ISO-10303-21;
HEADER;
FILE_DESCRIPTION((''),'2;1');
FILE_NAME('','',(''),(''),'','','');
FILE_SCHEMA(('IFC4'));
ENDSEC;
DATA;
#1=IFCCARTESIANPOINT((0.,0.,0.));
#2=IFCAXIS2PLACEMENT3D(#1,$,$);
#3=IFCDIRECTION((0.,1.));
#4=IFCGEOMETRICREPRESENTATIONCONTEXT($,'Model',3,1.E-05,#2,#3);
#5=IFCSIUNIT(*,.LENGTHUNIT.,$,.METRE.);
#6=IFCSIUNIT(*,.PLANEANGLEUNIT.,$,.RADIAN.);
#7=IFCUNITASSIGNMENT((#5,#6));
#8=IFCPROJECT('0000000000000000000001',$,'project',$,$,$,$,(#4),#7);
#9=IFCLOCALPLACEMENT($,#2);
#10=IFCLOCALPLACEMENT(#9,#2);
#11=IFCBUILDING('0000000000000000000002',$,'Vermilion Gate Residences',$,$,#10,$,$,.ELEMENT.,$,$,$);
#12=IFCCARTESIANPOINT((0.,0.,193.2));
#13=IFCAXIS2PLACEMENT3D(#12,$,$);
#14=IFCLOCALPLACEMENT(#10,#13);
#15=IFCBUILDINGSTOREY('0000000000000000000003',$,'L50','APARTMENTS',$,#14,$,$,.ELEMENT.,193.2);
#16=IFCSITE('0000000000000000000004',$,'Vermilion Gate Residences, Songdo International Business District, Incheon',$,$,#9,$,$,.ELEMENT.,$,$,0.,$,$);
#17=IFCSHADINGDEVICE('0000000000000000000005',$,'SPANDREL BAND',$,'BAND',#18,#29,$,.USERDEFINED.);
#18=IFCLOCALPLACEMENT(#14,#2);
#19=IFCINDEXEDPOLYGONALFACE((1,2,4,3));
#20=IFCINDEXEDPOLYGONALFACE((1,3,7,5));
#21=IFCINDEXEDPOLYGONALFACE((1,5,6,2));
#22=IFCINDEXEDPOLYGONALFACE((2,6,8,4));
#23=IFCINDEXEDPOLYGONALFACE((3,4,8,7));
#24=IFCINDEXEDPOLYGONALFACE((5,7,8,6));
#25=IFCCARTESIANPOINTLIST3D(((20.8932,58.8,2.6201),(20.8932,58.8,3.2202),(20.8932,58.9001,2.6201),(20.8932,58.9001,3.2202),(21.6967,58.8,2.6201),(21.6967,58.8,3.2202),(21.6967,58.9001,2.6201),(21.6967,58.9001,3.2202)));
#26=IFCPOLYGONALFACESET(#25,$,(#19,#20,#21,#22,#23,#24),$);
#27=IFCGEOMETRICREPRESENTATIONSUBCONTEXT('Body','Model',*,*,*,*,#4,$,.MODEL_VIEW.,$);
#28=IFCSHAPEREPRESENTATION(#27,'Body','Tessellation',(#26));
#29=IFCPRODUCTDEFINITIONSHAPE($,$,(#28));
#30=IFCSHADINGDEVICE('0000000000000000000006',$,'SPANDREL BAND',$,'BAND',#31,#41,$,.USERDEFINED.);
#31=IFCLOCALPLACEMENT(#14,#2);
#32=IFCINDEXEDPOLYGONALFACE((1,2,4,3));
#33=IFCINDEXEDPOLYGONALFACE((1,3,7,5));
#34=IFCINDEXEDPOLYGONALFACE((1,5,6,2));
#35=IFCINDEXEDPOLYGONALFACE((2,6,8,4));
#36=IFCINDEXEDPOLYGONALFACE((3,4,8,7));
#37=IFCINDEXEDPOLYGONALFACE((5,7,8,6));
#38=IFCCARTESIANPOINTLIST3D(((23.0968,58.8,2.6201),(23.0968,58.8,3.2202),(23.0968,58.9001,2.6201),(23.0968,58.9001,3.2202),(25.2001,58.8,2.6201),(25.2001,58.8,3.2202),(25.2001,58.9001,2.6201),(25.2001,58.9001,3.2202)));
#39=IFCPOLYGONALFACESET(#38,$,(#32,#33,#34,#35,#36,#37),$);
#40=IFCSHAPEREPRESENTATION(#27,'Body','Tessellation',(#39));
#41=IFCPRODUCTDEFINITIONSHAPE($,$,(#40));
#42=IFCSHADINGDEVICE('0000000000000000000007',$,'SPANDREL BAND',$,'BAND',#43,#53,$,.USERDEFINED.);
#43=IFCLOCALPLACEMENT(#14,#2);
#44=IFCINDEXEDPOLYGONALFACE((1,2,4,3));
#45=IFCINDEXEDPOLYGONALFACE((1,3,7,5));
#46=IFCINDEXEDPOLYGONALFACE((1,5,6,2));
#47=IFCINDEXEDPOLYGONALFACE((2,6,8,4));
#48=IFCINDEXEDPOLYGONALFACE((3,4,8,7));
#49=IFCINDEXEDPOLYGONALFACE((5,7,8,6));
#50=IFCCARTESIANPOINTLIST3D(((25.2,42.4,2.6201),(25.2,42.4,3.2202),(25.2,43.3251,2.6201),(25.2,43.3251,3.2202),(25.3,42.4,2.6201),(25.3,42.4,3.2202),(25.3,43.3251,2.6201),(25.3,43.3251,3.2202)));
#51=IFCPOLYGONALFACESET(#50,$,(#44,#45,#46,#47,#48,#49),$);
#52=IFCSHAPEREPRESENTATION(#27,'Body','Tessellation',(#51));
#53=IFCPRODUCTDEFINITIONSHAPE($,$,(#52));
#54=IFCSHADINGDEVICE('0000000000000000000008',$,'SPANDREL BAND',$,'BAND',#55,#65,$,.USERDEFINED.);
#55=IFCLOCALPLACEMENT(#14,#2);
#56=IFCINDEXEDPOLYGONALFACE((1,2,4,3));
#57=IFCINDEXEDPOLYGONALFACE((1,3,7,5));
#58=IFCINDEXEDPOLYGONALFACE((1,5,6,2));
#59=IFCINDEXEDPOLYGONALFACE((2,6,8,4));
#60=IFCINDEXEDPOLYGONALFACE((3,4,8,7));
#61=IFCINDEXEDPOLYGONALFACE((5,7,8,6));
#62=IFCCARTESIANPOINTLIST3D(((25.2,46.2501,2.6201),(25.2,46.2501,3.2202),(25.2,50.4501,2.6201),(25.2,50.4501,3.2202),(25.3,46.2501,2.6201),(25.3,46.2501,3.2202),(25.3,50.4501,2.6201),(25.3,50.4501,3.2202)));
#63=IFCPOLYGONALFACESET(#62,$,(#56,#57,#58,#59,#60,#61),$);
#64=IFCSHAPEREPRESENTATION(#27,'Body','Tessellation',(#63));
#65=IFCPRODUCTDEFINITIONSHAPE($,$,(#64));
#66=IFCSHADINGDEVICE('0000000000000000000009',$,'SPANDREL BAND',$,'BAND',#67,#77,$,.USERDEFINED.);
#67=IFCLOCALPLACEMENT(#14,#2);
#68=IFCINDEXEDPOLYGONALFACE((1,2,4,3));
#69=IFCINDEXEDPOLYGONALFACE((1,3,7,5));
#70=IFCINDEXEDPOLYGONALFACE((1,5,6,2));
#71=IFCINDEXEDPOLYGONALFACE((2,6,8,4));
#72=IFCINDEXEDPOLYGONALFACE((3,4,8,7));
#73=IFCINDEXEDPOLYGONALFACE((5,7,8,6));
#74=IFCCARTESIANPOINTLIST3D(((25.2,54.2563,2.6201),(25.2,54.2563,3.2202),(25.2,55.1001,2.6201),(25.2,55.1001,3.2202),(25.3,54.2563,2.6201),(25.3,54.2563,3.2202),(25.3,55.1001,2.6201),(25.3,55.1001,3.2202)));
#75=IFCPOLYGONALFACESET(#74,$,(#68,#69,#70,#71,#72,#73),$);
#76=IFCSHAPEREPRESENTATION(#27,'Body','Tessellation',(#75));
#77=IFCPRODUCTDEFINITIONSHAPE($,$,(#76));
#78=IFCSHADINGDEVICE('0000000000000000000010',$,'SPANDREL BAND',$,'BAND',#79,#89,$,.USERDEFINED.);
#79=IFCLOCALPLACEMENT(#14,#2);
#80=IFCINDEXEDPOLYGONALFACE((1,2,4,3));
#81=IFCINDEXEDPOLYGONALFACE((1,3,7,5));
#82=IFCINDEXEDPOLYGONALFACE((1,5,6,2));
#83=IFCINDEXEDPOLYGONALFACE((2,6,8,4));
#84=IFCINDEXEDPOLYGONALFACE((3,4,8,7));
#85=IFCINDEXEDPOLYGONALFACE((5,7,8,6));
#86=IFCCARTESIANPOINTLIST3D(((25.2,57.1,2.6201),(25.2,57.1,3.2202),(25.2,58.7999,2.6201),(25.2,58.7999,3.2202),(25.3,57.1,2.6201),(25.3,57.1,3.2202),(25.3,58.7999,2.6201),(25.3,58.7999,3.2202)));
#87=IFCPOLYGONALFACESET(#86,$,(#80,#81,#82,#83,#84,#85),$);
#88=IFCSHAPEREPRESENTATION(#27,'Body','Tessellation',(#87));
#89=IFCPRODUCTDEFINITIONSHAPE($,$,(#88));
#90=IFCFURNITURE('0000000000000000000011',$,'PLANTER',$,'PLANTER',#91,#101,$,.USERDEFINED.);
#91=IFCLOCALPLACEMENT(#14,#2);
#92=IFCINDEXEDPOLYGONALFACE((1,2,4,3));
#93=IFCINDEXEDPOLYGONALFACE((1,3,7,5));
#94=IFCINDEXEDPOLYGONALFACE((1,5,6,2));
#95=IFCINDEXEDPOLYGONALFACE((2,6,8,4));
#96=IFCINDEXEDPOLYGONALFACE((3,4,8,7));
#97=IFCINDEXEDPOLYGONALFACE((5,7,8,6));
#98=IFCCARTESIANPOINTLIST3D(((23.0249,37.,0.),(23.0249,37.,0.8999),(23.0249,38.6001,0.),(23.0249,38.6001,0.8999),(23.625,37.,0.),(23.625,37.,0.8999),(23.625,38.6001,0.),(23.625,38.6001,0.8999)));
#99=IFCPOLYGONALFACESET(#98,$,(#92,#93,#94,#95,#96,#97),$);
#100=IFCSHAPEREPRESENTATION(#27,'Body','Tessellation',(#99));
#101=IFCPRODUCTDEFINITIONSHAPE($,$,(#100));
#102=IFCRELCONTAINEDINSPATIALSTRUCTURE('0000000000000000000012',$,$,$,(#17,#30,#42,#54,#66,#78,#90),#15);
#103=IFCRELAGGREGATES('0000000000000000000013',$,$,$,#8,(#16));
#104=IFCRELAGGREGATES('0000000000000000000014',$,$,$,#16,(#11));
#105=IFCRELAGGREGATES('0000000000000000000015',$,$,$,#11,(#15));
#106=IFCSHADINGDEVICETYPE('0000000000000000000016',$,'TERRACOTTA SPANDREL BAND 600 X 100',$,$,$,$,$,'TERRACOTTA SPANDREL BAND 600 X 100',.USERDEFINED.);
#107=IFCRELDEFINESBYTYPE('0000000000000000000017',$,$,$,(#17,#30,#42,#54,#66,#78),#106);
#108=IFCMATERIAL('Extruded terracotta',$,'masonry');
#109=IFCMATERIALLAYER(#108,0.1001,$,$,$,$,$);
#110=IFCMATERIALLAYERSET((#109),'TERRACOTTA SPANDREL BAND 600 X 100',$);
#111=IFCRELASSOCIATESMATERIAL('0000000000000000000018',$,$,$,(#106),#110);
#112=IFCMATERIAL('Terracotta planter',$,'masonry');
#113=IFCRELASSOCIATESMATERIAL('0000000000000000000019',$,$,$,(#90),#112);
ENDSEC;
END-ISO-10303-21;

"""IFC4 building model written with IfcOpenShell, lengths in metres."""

from ifc_helpers import new_model, si_unit, direction, frame, origin, origin_2d, place, context, subcontext, project, spatial, rectangle, extrude, material, layer, layer_set, type_object, element, save


model = new_model("IFC4")

# Units and contexts
model_context = context("Model", 3, precision=1e-05, world=origin(), true_north=direction((0.0, 1.0)))
body_context = subcontext(model_context, "Body", "Model", "MODEL_VIEW")
ifc_project = project(units=[si_unit("LENGTHUNIT", "METRE"), si_unit("PLANEANGLEUNIT", "RADIAN")], contexts=[model_context])

# Site, building, storey
site_placement = place(None, origin())
site = spatial("IfcSite", under=ifc_project, at=site_placement, Name="Vermilion Gate Residences, Songdo International Business District, Incheon", CompositionType="ELEMENT", RefElevation=0.0)
building_placement = place(site_placement, origin())
building = spatial("IfcBuilding", under=site, at=building_placement, Name="Vermilion Gate Residences", CompositionType="ELEMENT")
storey_placement = place(building_placement, frame((0.0, 0.0, 193.2)))
storey = spatial("IfcBuildingStorey", under=building, at=storey_placement, Name="L50", Description="APARTMENTS", CompositionType="ELEMENT", Elevation=193.2)

# Shading devices
ifc_material_1 = material(Name="Extruded terracotta", Category="masonry")
ifc_layer_1 = layer(ifc_material_1, 0.1001)
ifc_layer_set_1 = layer_set([ifc_layer_1], Name="TERRACOTTA SPANDREL BAND 600 X 100")
shading_device_type_1 = type_object("IfcShadingDeviceType", Name="TERRACOTTA SPANDREL BAND 600 X 100", ElementType="TERRACOTTA SPANDREL BAND 600 X 100", PredefinedType="USERDEFINED", material=ifc_layer_set_1)
shading_device_1_placement = place(storey_placement, frame((21.2949, 58.8501, 2.6201), z_axis=(0.0, 0.0, 1.0), x_axis=(1.0, 0.0, 0.0)))
element("IfcShadingDevice", 1, at=shading_device_1_placement, inside=storey, type_object=shading_device_type_1, Name="SPANDREL BAND", ObjectType="BAND", PredefinedType="USERDEFINED", context=body_context, shape_type="SweptSolid", body=[
    extrude(rectangle(XDim=0.8035, YDim=0.1001, at=origin_2d()), origin(), (0.0, 0.0, 1.0), 0.6001),
])
shading_device_2_placement = place(storey_placement, frame((24.1484, 58.8501, 2.6201), z_axis=(0.0, 0.0, 1.0), x_axis=(1.0, 0.0, 0.0)))
element("IfcShadingDevice", 2, at=shading_device_2_placement, inside=storey, type_object=shading_device_type_1, Name="SPANDREL BAND", ObjectType="BAND", PredefinedType="USERDEFINED", context=body_context, shape_type="SweptSolid", body=[
    extrude(rectangle(XDim=2.1033, YDim=0.1001, at=origin_2d()), origin(), (0.0, 0.0, 1.0), 0.6001),
])
shading_device_3_placement = place(storey_placement, frame((25.25, 42.8625, 2.6201), z_axis=(0.0, 0.0, 1.0), x_axis=(0.0, 1.0, 0.0)))
element("IfcShadingDevice", 3, at=shading_device_3_placement, inside=storey, type_object=shading_device_type_1, Name="SPANDREL BAND", ObjectType="BAND", PredefinedType="USERDEFINED", context=body_context, shape_type="SweptSolid", body=[
    extrude(rectangle(XDim=0.925, YDim=0.1001, at=origin_2d()), origin(), (0.0, 0.0, 1.0), 0.6001),
])
shading_device_4_placement = place(storey_placement, frame((25.25, 48.3501, 2.6201), z_axis=(0.0, 0.0, 1.0), x_axis=(0.0, 1.0, 0.0)))
element("IfcShadingDevice", 4, at=shading_device_4_placement, inside=storey, type_object=shading_device_type_1, Name="SPANDREL BAND", ObjectType="BAND", PredefinedType="USERDEFINED", context=body_context, shape_type="SweptSolid", body=[
    extrude(rectangle(XDim=4.2, YDim=0.1001, at=origin_2d()), origin(), (0.0, 0.0, 1.0), 0.6001),
])
shading_device_5_placement = place(storey_placement, frame((25.25, 54.6782, 2.6201), z_axis=(0.0, 0.0, 1.0), x_axis=(0.0, 1.0, 0.0)))
element("IfcShadingDevice", 5, at=shading_device_5_placement, inside=storey, type_object=shading_device_type_1, Name="SPANDREL BAND", ObjectType="BAND", PredefinedType="USERDEFINED", context=body_context, shape_type="SweptSolid", body=[
    extrude(rectangle(XDim=0.8438, YDim=0.1001, at=origin_2d()), origin(), (0.0, 0.0, 1.0), 0.6001),
])
shading_device_6_placement = place(storey_placement, frame((25.25, 57.95, 2.6201), z_axis=(0.0, 0.0, 1.0), x_axis=(0.0, 1.0, 0.0)))
element("IfcShadingDevice", 6, at=shading_device_6_placement, inside=storey, type_object=shading_device_type_1, Name="SPANDREL BAND", ObjectType="BAND", PredefinedType="USERDEFINED", context=body_context, shape_type="SweptSolid", body=[
    extrude(rectangle(XDim=1.7, YDim=0.1001, at=origin_2d()), origin(), (0.0, 0.0, 1.0), 0.6001),
])

# Furniture
ifc_material_2 = material(Name="Terracotta planter", Category="masonry")
furniture_placement = place(storey_placement, frame((23.325, 37.8, 0.0), z_axis=(0.0, 0.0, 1.0), x_axis=(0.0, 1.0, 0.0)))
element("IfcFurniture", 7, at=furniture_placement, inside=storey, material=ifc_material_2, Name="PLANTER", ObjectType="PLANTER", PredefinedType="USERDEFINED", context=body_context, shape_type="SweptSolid", body=[
    extrude(rectangle(XDim=1.6001, YDim=0.6001, at=origin_2d()), origin(), (0.0, 0.0, 1.0), 0.8999),
])

save(model, "model.ifc")
